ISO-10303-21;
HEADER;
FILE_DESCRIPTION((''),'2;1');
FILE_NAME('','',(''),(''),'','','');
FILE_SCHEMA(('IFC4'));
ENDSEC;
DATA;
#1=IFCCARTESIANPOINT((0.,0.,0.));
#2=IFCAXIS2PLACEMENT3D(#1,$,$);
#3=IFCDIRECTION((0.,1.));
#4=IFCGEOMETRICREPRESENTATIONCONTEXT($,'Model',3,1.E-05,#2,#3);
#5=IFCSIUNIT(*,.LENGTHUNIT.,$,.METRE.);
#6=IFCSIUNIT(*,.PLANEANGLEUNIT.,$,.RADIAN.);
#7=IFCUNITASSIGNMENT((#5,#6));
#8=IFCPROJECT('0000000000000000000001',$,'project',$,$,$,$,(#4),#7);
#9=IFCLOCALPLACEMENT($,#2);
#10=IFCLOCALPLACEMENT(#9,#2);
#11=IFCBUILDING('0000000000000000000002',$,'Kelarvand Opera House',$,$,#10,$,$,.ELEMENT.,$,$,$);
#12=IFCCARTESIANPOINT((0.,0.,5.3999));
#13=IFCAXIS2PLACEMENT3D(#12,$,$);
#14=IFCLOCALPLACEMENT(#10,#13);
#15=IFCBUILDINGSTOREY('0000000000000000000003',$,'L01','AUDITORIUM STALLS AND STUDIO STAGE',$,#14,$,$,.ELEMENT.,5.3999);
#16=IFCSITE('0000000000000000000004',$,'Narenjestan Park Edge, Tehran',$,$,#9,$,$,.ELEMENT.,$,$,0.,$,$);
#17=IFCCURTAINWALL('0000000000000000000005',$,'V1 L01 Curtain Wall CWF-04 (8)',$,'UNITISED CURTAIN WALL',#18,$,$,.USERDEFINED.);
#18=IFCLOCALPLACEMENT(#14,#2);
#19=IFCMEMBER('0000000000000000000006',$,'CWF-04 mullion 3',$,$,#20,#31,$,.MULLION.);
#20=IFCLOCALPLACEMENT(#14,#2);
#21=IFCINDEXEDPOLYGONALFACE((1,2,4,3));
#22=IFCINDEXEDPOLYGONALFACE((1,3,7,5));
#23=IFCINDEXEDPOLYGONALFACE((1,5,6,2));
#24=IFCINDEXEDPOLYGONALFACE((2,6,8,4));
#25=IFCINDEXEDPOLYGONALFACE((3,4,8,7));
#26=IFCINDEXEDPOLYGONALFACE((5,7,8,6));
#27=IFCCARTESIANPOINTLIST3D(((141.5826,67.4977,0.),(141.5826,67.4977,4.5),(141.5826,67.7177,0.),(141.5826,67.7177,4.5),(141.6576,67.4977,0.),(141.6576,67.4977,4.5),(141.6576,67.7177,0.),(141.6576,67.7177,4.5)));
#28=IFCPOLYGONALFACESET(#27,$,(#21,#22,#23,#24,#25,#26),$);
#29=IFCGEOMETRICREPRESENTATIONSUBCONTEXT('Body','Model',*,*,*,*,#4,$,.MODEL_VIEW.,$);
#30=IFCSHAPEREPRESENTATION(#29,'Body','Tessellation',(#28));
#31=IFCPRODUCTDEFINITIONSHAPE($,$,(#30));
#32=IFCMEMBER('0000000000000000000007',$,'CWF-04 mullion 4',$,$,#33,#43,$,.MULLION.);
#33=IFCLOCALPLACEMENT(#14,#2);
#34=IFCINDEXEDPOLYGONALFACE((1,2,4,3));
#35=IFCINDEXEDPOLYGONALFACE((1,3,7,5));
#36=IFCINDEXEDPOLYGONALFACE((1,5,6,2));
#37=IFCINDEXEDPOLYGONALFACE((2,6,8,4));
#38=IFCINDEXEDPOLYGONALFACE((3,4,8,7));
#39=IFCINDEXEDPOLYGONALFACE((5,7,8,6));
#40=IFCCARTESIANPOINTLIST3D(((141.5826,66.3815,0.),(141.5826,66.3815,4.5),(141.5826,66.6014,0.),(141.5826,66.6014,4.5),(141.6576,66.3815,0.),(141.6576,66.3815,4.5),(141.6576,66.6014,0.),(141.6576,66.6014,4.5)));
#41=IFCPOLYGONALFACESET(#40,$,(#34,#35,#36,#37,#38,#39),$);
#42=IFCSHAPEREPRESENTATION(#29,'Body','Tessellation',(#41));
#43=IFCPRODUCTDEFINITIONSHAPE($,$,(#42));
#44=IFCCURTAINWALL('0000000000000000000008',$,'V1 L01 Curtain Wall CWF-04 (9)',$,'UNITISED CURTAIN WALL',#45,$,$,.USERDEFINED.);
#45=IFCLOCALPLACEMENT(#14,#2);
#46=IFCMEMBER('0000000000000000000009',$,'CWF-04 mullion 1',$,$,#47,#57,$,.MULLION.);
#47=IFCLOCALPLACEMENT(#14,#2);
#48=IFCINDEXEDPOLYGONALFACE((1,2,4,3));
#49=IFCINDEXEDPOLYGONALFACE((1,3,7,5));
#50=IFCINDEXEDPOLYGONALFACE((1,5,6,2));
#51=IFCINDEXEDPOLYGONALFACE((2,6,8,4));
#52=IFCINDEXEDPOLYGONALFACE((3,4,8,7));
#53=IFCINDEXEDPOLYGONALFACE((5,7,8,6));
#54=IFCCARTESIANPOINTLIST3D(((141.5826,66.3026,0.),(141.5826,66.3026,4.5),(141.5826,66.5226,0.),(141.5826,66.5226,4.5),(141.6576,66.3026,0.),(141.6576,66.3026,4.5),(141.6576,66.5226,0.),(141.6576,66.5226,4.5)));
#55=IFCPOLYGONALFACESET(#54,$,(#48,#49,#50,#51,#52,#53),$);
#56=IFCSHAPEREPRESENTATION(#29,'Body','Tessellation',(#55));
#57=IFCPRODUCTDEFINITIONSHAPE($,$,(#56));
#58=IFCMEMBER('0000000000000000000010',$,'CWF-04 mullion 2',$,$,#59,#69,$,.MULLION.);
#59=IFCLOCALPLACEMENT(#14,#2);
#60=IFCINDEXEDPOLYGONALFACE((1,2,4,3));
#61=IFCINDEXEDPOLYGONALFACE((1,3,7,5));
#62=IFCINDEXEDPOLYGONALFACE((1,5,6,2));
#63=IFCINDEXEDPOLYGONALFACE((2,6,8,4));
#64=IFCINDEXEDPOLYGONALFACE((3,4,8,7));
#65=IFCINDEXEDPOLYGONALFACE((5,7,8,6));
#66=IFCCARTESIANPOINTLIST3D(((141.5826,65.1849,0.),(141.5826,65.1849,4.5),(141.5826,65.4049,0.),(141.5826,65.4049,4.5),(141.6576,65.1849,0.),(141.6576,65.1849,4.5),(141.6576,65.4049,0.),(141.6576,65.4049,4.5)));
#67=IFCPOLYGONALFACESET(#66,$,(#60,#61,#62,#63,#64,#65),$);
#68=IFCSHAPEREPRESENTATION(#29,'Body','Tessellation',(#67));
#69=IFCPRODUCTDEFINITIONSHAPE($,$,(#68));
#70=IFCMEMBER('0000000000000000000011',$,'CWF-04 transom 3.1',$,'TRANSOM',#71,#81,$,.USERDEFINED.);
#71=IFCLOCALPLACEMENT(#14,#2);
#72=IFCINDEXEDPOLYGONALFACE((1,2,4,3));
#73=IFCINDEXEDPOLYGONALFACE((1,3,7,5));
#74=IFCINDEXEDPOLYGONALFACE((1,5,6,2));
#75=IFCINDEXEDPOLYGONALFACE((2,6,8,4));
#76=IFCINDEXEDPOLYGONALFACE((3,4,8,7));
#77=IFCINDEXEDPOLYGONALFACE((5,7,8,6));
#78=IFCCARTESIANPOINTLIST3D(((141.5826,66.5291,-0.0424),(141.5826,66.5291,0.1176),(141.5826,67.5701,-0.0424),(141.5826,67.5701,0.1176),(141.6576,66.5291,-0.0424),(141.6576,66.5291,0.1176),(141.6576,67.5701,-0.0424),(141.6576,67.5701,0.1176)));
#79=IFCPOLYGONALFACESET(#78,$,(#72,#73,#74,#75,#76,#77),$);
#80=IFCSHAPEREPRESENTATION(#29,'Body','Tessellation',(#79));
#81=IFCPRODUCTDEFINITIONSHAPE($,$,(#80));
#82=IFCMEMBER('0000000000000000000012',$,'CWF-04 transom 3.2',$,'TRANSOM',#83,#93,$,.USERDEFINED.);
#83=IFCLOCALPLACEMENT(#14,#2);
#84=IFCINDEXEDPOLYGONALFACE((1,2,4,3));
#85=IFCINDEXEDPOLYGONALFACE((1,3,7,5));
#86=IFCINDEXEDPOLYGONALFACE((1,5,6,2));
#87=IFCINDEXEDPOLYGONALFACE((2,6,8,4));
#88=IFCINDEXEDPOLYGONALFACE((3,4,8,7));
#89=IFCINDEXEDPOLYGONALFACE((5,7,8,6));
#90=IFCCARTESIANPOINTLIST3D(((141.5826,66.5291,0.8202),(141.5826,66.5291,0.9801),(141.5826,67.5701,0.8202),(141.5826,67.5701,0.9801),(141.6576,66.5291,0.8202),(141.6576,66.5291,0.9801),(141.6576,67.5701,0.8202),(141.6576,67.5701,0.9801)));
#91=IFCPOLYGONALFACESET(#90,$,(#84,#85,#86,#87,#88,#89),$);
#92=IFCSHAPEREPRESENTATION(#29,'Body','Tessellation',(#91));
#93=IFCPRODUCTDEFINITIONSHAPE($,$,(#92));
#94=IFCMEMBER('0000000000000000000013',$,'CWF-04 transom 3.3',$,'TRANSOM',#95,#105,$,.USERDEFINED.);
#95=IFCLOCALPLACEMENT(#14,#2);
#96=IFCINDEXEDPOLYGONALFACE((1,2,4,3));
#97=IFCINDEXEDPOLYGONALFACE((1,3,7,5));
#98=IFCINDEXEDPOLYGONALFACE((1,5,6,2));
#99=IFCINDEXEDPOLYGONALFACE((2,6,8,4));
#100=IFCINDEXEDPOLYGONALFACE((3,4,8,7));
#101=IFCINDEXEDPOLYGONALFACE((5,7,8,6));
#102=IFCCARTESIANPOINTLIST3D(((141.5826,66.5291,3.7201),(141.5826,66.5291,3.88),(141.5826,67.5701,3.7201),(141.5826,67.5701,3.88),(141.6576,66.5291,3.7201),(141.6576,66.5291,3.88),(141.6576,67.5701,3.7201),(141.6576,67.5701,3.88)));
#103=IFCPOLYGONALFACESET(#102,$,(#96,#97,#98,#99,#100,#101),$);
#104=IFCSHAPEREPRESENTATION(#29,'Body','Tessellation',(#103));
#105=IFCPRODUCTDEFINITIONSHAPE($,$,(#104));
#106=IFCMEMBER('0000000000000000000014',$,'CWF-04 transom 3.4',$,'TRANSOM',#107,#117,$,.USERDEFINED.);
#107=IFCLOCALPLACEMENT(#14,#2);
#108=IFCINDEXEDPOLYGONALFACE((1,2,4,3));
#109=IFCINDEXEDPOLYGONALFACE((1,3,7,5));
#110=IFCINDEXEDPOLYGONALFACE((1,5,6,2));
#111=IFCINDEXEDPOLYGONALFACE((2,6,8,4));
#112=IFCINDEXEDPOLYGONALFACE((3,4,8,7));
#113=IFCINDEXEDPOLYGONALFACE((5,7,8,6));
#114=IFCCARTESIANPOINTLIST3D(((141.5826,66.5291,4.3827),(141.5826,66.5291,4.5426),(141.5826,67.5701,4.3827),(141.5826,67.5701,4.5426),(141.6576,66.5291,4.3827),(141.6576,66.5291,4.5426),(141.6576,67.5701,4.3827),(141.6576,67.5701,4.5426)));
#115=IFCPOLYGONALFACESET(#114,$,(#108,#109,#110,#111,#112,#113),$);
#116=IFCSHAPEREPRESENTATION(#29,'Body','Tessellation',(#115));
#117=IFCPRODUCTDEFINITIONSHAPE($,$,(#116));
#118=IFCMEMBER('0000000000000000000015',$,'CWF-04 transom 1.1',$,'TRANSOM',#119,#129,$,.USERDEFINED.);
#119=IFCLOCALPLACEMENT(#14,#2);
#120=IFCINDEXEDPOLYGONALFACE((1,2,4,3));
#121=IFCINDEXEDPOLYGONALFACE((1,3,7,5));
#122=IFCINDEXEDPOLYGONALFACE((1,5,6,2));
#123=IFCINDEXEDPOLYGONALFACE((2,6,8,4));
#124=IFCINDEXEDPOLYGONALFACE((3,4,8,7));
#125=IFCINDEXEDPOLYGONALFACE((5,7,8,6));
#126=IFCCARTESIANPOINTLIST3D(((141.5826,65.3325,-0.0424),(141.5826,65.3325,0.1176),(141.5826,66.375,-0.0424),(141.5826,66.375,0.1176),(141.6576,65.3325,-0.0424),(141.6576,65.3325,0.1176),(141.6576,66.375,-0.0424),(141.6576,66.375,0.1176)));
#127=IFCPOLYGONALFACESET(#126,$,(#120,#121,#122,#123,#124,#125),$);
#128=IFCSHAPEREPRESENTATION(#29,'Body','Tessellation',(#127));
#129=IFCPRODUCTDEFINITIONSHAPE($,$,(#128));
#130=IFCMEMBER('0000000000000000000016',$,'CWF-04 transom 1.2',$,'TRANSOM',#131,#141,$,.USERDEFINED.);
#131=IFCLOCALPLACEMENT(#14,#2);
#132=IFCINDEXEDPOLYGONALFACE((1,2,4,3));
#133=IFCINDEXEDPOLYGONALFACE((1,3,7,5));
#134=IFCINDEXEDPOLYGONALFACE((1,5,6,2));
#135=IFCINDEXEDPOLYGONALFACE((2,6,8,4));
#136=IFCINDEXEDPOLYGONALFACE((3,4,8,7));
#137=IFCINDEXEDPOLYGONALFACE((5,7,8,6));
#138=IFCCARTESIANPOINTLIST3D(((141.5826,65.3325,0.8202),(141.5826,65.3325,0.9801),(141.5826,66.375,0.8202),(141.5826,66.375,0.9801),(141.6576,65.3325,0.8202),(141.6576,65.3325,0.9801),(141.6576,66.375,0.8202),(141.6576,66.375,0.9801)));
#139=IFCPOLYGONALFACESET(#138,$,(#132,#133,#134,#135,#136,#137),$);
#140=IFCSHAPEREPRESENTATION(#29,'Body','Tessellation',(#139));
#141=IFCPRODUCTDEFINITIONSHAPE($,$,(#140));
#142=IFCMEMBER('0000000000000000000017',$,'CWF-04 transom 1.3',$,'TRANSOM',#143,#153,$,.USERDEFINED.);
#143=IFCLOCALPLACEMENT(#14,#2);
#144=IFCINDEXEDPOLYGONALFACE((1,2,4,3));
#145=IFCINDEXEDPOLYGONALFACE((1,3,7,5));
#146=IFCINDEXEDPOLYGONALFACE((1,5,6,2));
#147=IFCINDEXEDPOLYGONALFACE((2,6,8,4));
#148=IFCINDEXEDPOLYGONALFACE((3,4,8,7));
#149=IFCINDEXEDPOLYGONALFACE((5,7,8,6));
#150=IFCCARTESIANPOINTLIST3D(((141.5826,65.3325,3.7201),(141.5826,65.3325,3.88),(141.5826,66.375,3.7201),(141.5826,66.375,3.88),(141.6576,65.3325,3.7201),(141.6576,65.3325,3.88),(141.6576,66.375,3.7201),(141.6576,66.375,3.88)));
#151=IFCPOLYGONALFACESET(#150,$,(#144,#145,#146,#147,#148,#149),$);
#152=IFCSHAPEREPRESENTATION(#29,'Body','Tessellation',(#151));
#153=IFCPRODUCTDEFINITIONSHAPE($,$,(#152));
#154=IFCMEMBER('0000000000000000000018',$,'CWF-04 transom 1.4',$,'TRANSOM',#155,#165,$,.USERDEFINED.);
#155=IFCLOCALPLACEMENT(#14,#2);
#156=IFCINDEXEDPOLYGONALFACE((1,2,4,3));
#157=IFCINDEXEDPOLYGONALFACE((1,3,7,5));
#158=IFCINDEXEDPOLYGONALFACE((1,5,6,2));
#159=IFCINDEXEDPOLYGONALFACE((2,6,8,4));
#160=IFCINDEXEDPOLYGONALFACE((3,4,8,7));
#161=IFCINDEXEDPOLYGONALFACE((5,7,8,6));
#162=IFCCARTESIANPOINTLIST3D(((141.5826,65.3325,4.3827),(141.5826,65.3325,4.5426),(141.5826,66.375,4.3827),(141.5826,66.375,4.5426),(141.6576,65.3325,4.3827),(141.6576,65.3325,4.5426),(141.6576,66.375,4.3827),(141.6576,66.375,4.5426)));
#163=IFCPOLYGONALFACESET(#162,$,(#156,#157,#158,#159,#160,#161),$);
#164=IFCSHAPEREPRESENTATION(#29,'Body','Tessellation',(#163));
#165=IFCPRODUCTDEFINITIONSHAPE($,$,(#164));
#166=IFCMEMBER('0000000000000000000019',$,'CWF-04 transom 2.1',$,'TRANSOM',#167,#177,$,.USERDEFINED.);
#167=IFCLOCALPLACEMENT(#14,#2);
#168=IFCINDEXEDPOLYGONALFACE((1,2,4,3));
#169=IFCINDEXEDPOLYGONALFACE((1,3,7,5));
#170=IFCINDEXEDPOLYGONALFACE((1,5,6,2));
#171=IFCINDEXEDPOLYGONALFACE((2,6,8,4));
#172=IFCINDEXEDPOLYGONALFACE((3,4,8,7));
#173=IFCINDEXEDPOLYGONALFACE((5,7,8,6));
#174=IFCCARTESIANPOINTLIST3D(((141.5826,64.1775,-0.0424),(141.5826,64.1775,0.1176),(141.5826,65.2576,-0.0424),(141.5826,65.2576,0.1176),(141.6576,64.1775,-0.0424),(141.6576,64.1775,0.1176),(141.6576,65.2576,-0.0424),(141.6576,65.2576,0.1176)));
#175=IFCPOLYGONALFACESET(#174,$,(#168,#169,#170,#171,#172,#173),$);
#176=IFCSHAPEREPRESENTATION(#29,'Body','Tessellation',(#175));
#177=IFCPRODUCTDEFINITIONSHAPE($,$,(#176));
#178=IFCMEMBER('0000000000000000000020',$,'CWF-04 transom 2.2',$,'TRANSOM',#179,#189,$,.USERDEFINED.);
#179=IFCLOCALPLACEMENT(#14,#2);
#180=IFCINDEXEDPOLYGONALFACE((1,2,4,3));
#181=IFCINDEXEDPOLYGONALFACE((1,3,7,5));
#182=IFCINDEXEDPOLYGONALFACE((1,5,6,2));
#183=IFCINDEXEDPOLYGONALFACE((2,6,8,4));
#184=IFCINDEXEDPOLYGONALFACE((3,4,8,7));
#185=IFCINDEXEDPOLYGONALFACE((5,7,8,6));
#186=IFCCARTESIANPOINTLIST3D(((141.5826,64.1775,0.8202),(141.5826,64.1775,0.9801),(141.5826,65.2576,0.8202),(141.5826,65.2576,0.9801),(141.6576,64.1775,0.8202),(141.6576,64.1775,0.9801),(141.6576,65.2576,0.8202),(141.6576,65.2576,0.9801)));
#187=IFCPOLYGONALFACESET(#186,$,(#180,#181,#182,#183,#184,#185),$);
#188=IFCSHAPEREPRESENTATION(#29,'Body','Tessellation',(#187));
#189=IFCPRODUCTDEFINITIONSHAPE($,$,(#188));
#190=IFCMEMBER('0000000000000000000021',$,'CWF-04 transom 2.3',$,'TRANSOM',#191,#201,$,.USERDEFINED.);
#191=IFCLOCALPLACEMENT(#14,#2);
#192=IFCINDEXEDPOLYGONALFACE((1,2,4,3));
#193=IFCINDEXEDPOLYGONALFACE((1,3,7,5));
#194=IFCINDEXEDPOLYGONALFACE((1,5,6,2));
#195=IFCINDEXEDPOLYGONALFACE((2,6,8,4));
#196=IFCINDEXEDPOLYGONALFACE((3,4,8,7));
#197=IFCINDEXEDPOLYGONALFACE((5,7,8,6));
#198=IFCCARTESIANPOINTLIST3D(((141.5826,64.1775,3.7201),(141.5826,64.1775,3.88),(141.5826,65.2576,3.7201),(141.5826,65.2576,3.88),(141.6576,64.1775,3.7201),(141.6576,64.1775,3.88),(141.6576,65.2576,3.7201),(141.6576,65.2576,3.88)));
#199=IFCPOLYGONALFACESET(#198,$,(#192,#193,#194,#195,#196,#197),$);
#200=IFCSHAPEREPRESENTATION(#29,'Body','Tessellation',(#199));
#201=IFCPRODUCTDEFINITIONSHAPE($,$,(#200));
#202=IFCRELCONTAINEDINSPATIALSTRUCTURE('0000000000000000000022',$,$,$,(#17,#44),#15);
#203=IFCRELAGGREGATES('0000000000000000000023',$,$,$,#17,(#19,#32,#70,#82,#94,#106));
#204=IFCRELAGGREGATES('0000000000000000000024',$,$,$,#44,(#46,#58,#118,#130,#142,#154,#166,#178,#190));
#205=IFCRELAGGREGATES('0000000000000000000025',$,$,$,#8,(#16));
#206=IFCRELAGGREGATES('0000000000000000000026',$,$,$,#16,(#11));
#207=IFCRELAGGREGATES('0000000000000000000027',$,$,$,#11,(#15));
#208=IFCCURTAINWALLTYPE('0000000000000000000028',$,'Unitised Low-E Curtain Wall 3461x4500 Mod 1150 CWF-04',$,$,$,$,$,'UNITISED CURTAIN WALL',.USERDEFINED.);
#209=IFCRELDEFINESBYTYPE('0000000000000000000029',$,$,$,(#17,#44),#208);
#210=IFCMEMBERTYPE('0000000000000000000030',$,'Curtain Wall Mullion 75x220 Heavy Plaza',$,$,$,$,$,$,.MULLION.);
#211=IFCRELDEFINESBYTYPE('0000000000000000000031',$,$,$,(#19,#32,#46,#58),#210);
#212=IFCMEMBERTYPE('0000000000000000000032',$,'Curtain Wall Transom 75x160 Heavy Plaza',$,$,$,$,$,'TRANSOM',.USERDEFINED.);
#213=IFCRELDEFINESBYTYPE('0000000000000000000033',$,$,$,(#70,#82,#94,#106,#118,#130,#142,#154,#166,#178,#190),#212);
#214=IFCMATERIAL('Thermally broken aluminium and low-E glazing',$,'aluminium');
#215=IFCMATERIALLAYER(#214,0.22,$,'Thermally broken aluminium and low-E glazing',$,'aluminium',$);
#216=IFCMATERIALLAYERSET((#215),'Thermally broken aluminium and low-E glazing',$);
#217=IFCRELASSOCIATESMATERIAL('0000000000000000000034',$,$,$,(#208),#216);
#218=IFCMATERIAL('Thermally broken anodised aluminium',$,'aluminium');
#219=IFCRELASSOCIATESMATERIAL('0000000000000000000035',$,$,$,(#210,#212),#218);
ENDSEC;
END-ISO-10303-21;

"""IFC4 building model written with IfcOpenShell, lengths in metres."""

from ifc_helpers import new_model, si_unit, direction, frame, origin, origin_2d, place, context, subcontext, project, spatial, rectangle, extrude, material, layer, layer_set, material_profile, profile_set, type_object, element, aggregate, save


model = new_model("IFC4")

# Units and contexts
model_context = context("Model", 3, precision=1e-05, world=origin(), true_north=direction((0.0, 1.0)))
body_context = subcontext(model_context, "Body", "Model", "MODEL_VIEW")
ifc_project = project(units=[si_unit("LENGTHUNIT", "METRE"), si_unit("PLANEANGLEUNIT", "RADIAN")], contexts=[model_context])

# Site, building, storey
site_placement = place(None, origin())
site = spatial("IfcSite", under=ifc_project, at=site_placement, Name="Narenjestan Park Edge, Tehran", CompositionType="ELEMENT", RefElevation=0.0)
building_placement = place(site_placement, origin())
building = spatial("IfcBuilding", under=site, at=building_placement, Name="Kelarvand Opera House", CompositionType="ELEMENT")
storey_placement = place(building_placement, frame((0.0, 0.0, 5.3999)))
storey = spatial("IfcBuildingStorey", under=building, at=storey_placement, Name="L01", Description="AUDITORIUM STALLS AND STUDIO STAGE", CompositionType="ELEMENT", Elevation=5.3999)

# Curtain walls, members
ifc_material_1 = material(Name="Thermally broken aluminium and low-E glazing", Category="aluminium")
ifc_layer_1 = layer(ifc_material_1, 0.22, Name="Thermally broken aluminium and low-E glazing", Category="aluminium")
ifc_layer_set_1 = layer_set([ifc_layer_1], Name="Thermally broken aluminium and low-E glazing")
curtain_wall_type = type_object("IfcCurtainWallType", Name="Unitised Low-E Curtain Wall 3461x4500 Mod 1150 CWF-04", ElementType="UNITISED CURTAIN WALL", PredefinedType="USERDEFINED", material=ifc_layer_set_1)
curtain_wall_1_placement = place(storey_placement, origin())
curtain_wall_1 = element("IfcCurtainWall", 1, at=curtain_wall_1_placement, inside=storey, type_object=curtain_wall_type, Name="V1 L01 Curtain Wall CWF-04 (8)", ObjectType="UNITISED CURTAIN WALL", PredefinedType="USERDEFINED")
ifc_material_2 = material(Name="Thermally broken anodised aluminium", Category="aluminium")
ifc_material_profile_1 = material_profile(ifc_material_2, rectangle(XDim=0.075, YDim=0.22, at=origin_2d()), Name="ALU MULLION 75x220", Category="aluminium")
ifc_profile_set_1 = profile_set([ifc_material_profile_1], Name="Thermally broken anodised aluminium")
member_type_1 = type_object("IfcMemberType", Name="Curtain Wall Mullion 75x220 Heavy Plaza", PredefinedType="MULLION", material=ifc_profile_set_1)
member_1_placement = place(storey_placement, frame((141.6201, 67.6077, 0.0), z_axis=(0.0, 0.0, 1.0), x_axis=(1.0, 0.0, 0.0)))
member_1 = element("IfcMember", 2, at=member_1_placement, type_object=member_type_1, Name="CWF-04 mullion 3", PredefinedType="MULLION", context=body_context, shape_type="SweptSolid", body=[
    extrude(rectangle(XDim=0.075, YDim=0.22, at=origin_2d()), origin(), (0.0, 0.0, 1.0), 4.5),
])
member_2_placement = place(storey_placement, frame((141.6201, 66.4915, 0.0), z_axis=(0.0, 0.0, 1.0), x_axis=(1.0, 0.0, 0.0)))
member_2 = element("IfcMember", 3, at=member_2_placement, type_object=member_type_1, Name="CWF-04 mullion 4", PredefinedType="MULLION", context=body_context, shape_type="SweptSolid", body=[
    extrude(rectangle(XDim=0.075, YDim=0.22, at=origin_2d()), origin(), (0.0, 0.0, 1.0), 4.5),
])
curtain_wall_2_placement = place(storey_placement, origin())
curtain_wall_2 = element("IfcCurtainWall", 4, at=curtain_wall_2_placement, inside=storey, type_object=curtain_wall_type, Name="V1 L01 Curtain Wall CWF-04 (9)", ObjectType="UNITISED CURTAIN WALL", PredefinedType="USERDEFINED")
member_3_placement = place(storey_placement, frame((141.6201, 66.4126, 0.0), z_axis=(0.0, 0.0, 1.0), x_axis=(1.0, 0.0, 0.0)))
member_3 = element("IfcMember", 5, at=member_3_placement, type_object=member_type_1, Name="CWF-04 mullion 1", PredefinedType="MULLION", context=body_context, shape_type="SweptSolid", body=[
    extrude(rectangle(XDim=0.075, YDim=0.22, at=origin_2d()), origin(), (0.0, 0.0, 1.0), 4.5),
])
member_4_placement = place(storey_placement, frame((141.6201, 65.2949, 0.0), z_axis=(0.0, 0.0, 1.0), x_axis=(1.0, 0.0, 0.0)))
member_4 = element("IfcMember", 6, at=member_4_placement, type_object=member_type_1, Name="CWF-04 mullion 2", PredefinedType="MULLION", context=body_context, shape_type="SweptSolid", body=[
    extrude(rectangle(XDim=0.075, YDim=0.22, at=origin_2d()), origin(), (0.0, 0.0, 1.0), 4.5),
])

# Members
ifc_material_profile_2 = material_profile(ifc_material_2, rectangle(XDim=0.075, YDim=0.1599, at=origin_2d()), Name="ALU TRANSOM 75x160", Category="aluminium")
ifc_profile_set_2 = profile_set([ifc_material_profile_2], Name="Thermally broken anodised aluminium")
member_type_2 = type_object("IfcMemberType", Name="Curtain Wall Transom 75x160 Heavy Plaza", ElementType="TRANSOM", PredefinedType="USERDEFINED", material=ifc_profile_set_2)
member_5_placement = place(storey_placement, frame((141.6201, 67.5701, 0.0376), z_axis=(0.0, -1.0, 0.0), x_axis=(1.0, 0.0, 0.0)))
member_5 = element("IfcMember", 7, at=member_5_placement, type_object=member_type_2, Name="CWF-04 transom 3.1", ObjectType="TRANSOM", PredefinedType="USERDEFINED", context=body_context, shape_type="SweptSolid", body=[
    extrude(rectangle(XDim=0.075, YDim=0.1599, at=origin_2d()), origin(), (0.0, 0.0, 1.0), 1.041),
])
member_6_placement = place(storey_placement, frame((141.6201, 67.5701, 0.9001), z_axis=(0.0, -1.0, 0.0), x_axis=(1.0, 0.0, 0.0)))
member_6 = element("IfcMember", 8, at=member_6_placement, type_object=member_type_2, Name="CWF-04 transom 3.2", ObjectType="TRANSOM", PredefinedType="USERDEFINED", context=body_context, shape_type="SweptSolid", body=[
    extrude(rectangle(XDim=0.075, YDim=0.1599, at=origin_2d()), origin(), (0.0, 0.0, 1.0), 1.041),
])
member_7_placement = place(storey_placement, frame((141.6201, 67.5701, 3.8), z_axis=(0.0, -1.0, 0.0), x_axis=(1.0, 0.0, 0.0)))
member_7 = element("IfcMember", 9, at=member_7_placement, type_object=member_type_2, Name="CWF-04 transom 3.3", ObjectType="TRANSOM", PredefinedType="USERDEFINED", context=body_context, shape_type="SweptSolid", body=[
    extrude(rectangle(XDim=0.075, YDim=0.1599, at=origin_2d()), origin(), (0.0, 0.0, 1.0), 1.041),
])
member_8_placement = place(storey_placement, frame((141.6201, 67.5701, 4.4626), z_axis=(0.0, -1.0, 0.0), x_axis=(1.0, 0.0, 0.0)))
member_8 = element("IfcMember", 10, at=member_8_placement, type_object=member_type_2, Name="CWF-04 transom 3.4", ObjectType="TRANSOM", PredefinedType="USERDEFINED", context=body_context, shape_type="SweptSolid", body=[
    extrude(rectangle(XDim=0.075, YDim=0.1599, at=origin_2d()), origin(), (0.0, 0.0, 1.0), 1.041),
])
member_9_placement = place(storey_placement, frame((141.6201, 66.375, 0.0376), z_axis=(0.0, -1.0, 0.0), x_axis=(1.0, 0.0, 0.0)))
member_9 = element("IfcMember", 11, at=member_9_placement, type_object=member_type_2, Name="CWF-04 transom 1.1", ObjectType="TRANSOM", PredefinedType="USERDEFINED", context=body_context, shape_type="SweptSolid", body=[
    extrude(rectangle(XDim=0.075, YDim=0.1599, at=origin_2d()), origin(), (0.0, 0.0, 1.0), 1.0425),
])
member_10_placement = place(storey_placement, frame((141.6201, 66.375, 0.9001), z_axis=(0.0, -1.0, 0.0), x_axis=(1.0, 0.0, 0.0)))
member_10 = element("IfcMember", 12, at=member_10_placement, type_object=member_type_2, Name="CWF-04 transom 1.2", ObjectType="TRANSOM", PredefinedType="USERDEFINED", context=body_context, shape_type="SweptSolid", body=[
    extrude(rectangle(XDim=0.075, YDim=0.1599, at=origin_2d()), origin(), (0.0, 0.0, 1.0), 1.0425),
])
member_11_placement = place(storey_placement, frame((141.6201, 66.375, 3.8), z_axis=(0.0, -1.0, 0.0), x_axis=(1.0, 0.0, 0.0)))
member_11 = element("IfcMember", 13, at=member_11_placement, type_object=member_type_2, Name="CWF-04 transom 1.3", ObjectType="TRANSOM", PredefinedType="USERDEFINED", context=body_context, shape_type="SweptSolid", body=[
    extrude(rectangle(XDim=0.075, YDim=0.1599, at=origin_2d()), origin(), (0.0, 0.0, 1.0), 1.0425),
])
member_12_placement = place(storey_placement, frame((141.6201, 66.375, 4.4626), z_axis=(0.0, -1.0, 0.0), x_axis=(1.0, 0.0, 0.0)))
member_12 = element("IfcMember", 14, at=member_12_placement, type_object=member_type_2, Name="CWF-04 transom 1.4", ObjectType="TRANSOM", PredefinedType="USERDEFINED", context=body_context, shape_type="SweptSolid", body=[
    extrude(rectangle(XDim=0.075, YDim=0.1599, at=origin_2d()), origin(), (0.0, 0.0, 1.0), 1.0425),
])
member_13_placement = place(storey_placement, frame((141.6201, 65.2576, 0.0376), z_axis=(0.0, -1.0, 0.0), x_axis=(1.0, 0.0, 0.0)))
member_13 = element("IfcMember", 15, at=member_13_placement, type_object=member_type_2, Name="CWF-04 transom 2.1", ObjectType="TRANSOM", PredefinedType="USERDEFINED", context=body_context, shape_type="SweptSolid", body=[
    extrude(rectangle(XDim=0.075, YDim=0.1599, at=origin_2d()), origin(), (0.0, 0.0, 1.0), 1.0801),
])
member_14_placement = place(storey_placement, frame((141.6201, 65.2576, 0.9001), z_axis=(0.0, -1.0, 0.0), x_axis=(1.0, 0.0, 0.0)))
member_14 = element("IfcMember", 16, at=member_14_placement, type_object=member_type_2, Name="CWF-04 transom 2.2", ObjectType="TRANSOM", PredefinedType="USERDEFINED", context=body_context, shape_type="SweptSolid", body=[
    extrude(rectangle(XDim=0.075, YDim=0.1599, at=origin_2d()), origin(), (0.0, 0.0, 1.0), 1.0801),
])
member_15_placement = place(storey_placement, frame((141.6201, 65.2576, 3.8), z_axis=(0.0, -1.0, 0.0), x_axis=(1.0, 0.0, 0.0)))
member_15 = element("IfcMember", 17, at=member_15_placement, type_object=member_type_2, Name="CWF-04 transom 2.3", ObjectType="TRANSOM", PredefinedType="USERDEFINED", context=body_context, shape_type="SweptSolid", body=[
    extrude(rectangle(XDim=0.075, YDim=0.1599, at=origin_2d()), origin(), (0.0, 0.0, 1.0), 1.0801),
])

aggregate(curtain_wall_1, [member_1, member_2, member_5, member_6, member_7, member_8])
aggregate(curtain_wall_2, [member_3, member_4, member_9, member_10, member_11, member_12, member_13, member_14, member_15])

save(model, "model.ifc")
